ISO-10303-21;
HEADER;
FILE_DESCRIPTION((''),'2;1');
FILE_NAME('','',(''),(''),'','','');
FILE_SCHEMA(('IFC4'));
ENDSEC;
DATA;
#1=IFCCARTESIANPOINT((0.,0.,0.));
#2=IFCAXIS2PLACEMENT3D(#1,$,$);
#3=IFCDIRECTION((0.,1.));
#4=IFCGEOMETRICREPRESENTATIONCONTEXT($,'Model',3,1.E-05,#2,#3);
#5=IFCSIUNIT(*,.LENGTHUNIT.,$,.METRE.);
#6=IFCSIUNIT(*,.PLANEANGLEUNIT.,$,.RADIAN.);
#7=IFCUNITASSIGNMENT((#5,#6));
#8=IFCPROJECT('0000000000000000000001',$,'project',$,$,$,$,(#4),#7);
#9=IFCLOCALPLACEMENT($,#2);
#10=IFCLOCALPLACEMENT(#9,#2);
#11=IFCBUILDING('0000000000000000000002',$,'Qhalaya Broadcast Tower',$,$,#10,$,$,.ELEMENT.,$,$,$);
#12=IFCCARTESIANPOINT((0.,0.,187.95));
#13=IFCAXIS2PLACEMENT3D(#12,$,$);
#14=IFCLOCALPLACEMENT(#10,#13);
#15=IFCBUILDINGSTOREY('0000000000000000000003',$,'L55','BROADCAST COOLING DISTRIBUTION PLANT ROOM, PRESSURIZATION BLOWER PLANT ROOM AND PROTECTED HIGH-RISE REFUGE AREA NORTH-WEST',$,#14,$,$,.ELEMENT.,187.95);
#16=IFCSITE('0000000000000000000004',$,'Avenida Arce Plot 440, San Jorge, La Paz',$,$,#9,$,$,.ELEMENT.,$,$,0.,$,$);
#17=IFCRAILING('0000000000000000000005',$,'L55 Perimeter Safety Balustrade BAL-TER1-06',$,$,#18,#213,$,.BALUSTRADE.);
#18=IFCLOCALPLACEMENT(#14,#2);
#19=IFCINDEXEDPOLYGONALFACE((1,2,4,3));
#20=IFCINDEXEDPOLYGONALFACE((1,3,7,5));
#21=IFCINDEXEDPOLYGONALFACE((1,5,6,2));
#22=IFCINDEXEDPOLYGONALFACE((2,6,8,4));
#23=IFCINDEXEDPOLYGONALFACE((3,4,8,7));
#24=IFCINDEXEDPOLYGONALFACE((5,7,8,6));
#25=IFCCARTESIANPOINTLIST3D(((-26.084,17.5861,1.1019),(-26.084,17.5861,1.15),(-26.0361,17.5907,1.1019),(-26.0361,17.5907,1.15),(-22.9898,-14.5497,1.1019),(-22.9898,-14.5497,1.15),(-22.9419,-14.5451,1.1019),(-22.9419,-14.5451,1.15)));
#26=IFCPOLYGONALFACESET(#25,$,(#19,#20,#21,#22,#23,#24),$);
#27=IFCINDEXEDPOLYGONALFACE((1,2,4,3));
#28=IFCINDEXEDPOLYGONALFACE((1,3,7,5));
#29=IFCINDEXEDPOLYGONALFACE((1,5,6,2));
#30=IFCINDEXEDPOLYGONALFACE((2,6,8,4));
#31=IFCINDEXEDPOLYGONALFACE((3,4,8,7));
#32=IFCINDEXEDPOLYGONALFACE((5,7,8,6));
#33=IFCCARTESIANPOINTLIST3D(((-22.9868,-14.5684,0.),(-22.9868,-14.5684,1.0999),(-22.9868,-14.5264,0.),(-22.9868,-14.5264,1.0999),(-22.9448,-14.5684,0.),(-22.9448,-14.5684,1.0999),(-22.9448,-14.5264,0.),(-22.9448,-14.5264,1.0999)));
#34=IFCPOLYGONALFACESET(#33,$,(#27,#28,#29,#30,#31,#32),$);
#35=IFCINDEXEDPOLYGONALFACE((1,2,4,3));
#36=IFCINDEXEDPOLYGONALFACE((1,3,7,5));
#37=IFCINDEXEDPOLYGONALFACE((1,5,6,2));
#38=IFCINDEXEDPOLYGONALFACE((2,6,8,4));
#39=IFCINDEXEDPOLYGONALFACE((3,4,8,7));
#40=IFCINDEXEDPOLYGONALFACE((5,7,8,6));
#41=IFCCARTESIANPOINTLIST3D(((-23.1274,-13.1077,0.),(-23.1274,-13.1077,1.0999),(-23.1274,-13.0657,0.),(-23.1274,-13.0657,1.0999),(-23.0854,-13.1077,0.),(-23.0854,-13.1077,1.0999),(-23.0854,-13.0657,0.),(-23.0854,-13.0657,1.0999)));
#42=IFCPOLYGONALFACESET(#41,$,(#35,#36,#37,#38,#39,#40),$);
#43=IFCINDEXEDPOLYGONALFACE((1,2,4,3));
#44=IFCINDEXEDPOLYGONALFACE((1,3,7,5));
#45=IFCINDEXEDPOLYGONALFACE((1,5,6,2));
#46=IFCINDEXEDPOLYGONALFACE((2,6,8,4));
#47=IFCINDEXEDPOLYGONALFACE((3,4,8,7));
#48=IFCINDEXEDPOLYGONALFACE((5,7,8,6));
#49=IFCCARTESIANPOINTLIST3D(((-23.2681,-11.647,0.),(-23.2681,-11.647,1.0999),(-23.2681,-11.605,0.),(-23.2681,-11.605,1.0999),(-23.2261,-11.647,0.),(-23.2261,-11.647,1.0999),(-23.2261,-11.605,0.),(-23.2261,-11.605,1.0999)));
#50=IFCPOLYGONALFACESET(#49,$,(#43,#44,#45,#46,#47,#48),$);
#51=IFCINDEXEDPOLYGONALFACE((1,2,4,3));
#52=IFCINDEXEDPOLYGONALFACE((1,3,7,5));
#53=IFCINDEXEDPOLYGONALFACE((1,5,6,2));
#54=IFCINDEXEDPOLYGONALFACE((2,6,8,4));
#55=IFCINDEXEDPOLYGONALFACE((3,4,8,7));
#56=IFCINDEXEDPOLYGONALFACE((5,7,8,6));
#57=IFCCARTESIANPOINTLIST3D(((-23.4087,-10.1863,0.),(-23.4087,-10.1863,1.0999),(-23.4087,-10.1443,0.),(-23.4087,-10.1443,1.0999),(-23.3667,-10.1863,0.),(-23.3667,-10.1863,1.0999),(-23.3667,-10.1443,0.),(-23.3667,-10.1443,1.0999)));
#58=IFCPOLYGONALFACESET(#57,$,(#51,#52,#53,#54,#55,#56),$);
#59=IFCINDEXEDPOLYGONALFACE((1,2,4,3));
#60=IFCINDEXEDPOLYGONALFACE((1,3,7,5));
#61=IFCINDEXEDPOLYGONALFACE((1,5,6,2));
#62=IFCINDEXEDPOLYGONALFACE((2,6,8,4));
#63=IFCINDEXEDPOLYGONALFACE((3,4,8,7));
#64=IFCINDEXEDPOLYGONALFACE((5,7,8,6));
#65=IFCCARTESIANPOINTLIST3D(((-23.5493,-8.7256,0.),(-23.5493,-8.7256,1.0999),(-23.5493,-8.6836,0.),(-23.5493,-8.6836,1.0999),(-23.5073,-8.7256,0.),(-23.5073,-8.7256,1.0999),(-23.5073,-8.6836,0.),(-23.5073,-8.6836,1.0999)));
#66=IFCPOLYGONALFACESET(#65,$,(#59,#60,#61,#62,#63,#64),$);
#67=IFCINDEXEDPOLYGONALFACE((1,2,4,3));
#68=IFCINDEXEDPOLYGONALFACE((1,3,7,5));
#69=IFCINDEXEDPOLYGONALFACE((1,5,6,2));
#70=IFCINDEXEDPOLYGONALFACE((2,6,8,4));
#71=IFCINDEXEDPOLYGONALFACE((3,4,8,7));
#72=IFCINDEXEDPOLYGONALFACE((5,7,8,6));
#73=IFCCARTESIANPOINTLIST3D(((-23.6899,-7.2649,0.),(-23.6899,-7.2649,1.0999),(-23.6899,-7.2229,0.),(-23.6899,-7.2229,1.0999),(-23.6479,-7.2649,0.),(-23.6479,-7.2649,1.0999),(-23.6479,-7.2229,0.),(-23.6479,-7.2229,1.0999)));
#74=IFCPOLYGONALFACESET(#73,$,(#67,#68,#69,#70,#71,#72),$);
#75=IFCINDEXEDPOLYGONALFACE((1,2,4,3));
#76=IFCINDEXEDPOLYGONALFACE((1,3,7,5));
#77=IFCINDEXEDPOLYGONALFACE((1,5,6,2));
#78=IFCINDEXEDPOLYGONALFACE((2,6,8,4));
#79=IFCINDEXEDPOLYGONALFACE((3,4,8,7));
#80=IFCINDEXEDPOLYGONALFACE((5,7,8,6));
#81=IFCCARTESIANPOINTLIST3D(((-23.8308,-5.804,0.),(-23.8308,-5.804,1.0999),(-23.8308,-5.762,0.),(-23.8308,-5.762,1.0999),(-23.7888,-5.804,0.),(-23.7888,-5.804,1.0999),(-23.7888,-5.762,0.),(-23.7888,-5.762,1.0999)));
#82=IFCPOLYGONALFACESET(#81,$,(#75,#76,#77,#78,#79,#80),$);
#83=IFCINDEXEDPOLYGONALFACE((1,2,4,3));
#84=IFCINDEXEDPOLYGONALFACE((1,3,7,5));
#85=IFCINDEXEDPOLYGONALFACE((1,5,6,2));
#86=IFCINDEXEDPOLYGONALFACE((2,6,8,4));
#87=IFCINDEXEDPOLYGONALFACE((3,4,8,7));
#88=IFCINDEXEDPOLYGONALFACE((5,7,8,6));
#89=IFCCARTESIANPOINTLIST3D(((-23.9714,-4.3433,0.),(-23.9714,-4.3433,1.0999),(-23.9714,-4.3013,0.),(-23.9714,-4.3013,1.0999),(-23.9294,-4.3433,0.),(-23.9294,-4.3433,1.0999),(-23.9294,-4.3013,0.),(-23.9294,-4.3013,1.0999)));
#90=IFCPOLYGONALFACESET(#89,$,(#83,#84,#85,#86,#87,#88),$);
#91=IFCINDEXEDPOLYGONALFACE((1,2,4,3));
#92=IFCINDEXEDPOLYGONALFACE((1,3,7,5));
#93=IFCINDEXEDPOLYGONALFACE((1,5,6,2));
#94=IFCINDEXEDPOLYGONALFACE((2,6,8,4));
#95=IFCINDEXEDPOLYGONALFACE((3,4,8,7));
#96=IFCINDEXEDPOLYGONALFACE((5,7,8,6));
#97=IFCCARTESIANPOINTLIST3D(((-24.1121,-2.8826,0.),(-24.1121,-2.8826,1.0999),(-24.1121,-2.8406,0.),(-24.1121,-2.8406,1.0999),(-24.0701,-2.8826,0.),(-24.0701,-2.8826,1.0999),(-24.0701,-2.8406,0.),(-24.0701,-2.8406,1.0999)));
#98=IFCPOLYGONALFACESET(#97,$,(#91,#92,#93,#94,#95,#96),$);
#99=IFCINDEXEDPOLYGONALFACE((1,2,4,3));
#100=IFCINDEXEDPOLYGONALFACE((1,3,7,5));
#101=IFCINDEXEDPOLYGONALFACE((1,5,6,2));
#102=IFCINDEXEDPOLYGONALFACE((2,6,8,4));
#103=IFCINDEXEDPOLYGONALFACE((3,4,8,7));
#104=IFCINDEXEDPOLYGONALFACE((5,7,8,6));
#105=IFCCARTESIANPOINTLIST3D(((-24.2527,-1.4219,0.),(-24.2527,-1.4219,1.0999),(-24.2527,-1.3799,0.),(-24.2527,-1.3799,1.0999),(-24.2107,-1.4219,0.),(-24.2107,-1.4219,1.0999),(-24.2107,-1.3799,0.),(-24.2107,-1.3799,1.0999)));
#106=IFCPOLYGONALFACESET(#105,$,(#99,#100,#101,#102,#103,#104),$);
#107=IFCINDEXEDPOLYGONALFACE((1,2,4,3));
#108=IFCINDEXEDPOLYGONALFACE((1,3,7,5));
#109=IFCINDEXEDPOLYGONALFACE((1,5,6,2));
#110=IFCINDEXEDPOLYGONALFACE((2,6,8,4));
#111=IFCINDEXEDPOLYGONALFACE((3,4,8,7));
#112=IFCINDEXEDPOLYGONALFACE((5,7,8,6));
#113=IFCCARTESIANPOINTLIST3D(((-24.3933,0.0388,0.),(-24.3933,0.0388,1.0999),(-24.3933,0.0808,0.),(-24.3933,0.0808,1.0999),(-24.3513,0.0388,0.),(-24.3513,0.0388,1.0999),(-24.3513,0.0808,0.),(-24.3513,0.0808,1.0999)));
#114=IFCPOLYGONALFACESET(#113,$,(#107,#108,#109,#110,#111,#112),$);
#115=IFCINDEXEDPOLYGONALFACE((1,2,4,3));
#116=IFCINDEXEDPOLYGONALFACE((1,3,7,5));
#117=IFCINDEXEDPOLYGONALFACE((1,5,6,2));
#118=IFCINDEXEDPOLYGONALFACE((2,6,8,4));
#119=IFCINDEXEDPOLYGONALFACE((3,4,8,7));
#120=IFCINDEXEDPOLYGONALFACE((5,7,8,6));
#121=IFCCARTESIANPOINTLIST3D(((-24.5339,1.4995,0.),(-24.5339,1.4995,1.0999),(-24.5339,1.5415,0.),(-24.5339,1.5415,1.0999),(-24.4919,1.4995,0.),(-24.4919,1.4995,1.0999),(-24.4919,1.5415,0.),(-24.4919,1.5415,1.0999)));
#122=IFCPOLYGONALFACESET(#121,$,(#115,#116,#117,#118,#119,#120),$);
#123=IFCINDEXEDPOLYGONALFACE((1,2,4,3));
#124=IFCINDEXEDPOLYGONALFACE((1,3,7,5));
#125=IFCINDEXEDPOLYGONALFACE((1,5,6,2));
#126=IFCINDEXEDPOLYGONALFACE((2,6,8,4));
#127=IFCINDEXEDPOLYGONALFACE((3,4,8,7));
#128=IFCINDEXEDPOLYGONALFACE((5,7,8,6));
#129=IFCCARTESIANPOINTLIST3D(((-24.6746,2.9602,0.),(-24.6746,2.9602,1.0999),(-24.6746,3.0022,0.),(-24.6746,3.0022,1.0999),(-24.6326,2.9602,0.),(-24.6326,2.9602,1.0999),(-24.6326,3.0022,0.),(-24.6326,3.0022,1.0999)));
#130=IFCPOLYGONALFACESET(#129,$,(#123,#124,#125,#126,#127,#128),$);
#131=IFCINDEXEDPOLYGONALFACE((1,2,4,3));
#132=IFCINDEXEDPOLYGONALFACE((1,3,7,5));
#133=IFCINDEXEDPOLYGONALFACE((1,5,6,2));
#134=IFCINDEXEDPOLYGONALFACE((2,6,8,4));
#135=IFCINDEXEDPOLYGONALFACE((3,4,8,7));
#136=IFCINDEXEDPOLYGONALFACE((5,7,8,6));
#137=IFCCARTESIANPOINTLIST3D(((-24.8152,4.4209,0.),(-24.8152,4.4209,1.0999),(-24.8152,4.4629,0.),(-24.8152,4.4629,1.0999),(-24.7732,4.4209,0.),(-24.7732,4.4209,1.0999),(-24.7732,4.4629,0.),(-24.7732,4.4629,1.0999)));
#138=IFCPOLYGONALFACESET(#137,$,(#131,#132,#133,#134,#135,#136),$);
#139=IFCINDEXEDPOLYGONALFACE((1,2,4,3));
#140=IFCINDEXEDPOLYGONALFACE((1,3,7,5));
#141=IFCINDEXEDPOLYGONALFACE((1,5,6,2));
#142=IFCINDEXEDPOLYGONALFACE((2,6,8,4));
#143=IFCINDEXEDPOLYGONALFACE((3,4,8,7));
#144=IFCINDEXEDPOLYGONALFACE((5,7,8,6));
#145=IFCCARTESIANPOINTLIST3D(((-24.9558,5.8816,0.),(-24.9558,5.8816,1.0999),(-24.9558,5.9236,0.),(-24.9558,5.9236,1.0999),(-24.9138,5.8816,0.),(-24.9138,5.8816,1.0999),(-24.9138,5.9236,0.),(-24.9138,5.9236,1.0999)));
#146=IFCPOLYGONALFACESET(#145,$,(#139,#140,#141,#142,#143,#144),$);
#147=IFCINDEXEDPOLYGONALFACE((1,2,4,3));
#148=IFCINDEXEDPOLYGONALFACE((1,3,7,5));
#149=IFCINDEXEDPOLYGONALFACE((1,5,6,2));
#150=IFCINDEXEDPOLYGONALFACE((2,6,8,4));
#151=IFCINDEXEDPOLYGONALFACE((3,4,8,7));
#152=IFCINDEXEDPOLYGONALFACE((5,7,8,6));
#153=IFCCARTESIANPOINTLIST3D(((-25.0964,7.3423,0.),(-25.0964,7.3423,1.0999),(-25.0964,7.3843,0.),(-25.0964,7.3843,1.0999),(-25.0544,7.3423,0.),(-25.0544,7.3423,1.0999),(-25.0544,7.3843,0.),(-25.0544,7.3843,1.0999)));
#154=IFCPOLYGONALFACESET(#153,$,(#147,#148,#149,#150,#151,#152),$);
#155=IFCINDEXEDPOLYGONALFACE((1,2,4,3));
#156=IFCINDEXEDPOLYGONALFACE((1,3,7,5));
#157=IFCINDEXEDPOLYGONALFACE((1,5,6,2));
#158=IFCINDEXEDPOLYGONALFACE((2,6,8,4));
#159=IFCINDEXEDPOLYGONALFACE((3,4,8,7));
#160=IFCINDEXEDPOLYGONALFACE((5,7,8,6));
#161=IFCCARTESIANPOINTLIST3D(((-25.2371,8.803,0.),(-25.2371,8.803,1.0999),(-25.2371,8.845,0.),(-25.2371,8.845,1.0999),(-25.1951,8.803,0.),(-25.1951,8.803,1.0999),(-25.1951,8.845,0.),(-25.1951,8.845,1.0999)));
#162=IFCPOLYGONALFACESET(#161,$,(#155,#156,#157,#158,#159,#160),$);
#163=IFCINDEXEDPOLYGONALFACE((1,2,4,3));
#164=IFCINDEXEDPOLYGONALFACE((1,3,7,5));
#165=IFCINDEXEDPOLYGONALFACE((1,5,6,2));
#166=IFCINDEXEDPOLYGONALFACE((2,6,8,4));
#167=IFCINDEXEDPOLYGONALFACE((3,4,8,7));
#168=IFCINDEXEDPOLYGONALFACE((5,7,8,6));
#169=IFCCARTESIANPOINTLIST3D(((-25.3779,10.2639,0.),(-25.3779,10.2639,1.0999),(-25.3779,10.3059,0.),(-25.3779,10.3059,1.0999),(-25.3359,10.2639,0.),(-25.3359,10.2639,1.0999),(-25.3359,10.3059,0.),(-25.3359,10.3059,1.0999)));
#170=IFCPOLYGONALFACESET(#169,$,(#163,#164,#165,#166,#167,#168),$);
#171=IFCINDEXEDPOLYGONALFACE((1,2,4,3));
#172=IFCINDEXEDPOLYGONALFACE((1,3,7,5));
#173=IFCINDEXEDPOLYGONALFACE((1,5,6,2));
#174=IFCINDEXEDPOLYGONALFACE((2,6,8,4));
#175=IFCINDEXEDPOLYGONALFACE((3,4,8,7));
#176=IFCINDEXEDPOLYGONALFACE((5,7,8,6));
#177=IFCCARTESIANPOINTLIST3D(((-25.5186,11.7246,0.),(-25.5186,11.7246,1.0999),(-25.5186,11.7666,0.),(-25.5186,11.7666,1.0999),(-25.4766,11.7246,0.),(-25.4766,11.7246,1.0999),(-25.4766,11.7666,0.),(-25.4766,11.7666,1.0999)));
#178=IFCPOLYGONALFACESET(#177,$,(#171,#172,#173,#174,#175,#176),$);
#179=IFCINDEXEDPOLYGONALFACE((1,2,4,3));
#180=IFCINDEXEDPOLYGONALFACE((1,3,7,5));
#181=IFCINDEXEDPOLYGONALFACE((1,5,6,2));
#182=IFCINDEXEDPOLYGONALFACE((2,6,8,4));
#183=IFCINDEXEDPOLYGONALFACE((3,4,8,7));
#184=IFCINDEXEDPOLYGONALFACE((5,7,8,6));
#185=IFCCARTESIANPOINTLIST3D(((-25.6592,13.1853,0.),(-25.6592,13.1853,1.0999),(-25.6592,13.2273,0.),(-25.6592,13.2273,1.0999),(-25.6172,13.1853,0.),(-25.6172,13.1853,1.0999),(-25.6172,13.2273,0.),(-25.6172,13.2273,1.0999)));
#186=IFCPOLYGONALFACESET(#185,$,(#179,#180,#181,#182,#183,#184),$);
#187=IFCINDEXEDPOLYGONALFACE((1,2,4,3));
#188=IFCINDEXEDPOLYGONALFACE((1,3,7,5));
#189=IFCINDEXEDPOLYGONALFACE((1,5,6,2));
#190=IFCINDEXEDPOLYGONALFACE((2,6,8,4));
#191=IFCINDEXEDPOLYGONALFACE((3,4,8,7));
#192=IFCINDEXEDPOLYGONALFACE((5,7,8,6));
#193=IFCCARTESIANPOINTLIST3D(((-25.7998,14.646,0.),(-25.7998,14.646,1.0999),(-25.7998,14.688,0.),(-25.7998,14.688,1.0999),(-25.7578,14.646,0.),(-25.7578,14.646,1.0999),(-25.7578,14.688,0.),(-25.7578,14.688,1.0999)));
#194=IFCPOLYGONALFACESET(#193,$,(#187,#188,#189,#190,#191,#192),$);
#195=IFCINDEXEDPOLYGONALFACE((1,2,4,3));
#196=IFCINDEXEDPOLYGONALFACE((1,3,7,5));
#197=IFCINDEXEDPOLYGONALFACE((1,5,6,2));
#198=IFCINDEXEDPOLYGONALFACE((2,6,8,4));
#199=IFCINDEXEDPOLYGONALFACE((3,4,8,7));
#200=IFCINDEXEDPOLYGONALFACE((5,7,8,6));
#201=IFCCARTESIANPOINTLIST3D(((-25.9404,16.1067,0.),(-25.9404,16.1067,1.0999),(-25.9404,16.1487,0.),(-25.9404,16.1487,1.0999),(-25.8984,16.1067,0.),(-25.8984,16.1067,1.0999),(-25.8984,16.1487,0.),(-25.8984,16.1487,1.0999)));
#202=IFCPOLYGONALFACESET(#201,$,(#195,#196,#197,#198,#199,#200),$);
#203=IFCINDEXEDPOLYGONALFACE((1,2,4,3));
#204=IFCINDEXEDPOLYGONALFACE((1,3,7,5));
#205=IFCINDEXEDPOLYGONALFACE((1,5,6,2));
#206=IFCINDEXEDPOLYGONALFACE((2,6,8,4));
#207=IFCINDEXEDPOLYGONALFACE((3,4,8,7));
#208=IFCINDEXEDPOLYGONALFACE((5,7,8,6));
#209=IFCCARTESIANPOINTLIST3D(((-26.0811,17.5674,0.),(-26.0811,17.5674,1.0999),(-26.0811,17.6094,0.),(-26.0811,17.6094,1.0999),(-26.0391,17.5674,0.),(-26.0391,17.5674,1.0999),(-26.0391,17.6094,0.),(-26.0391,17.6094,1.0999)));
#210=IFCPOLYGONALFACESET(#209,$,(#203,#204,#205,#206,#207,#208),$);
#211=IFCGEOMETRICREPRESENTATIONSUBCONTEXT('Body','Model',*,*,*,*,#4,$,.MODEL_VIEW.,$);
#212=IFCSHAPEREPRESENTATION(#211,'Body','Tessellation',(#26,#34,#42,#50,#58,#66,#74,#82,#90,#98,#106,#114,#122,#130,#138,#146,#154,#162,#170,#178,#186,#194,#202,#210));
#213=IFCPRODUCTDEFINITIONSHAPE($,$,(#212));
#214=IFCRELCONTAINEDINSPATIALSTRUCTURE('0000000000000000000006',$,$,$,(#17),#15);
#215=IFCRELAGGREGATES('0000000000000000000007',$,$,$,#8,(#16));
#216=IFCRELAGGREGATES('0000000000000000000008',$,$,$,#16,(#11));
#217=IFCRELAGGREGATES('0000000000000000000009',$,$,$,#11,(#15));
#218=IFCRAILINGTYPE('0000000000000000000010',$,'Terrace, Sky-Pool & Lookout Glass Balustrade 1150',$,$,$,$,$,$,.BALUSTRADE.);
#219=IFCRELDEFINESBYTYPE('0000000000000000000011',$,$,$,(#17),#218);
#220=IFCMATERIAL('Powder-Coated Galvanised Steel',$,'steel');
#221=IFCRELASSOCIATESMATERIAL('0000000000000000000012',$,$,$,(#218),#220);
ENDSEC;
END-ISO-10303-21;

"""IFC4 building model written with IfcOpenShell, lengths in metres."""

from ifc_helpers import new_model, si_unit, direction, frame, origin, origin_2d, place, context, subcontext, project, spatial, rectangle, extrude, material, type_object, element, save


model = new_model("IFC4")

# Units and contexts
model_context = context("Model", 3, precision=1e-05, world=origin(), true_north=direction((0.0, 1.0)))
body_context = subcontext(model_context, "Body", "Model", "MODEL_VIEW")
ifc_project = project(units=[si_unit("LENGTHUNIT", "METRE"), si_unit("PLANEANGLEUNIT", "RADIAN")], contexts=[model_context])

# Site, building, storey
site_placement = place(None, origin())
site = spatial("IfcSite", under=ifc_project, at=site_placement, Name="Avenida Arce Plot 440, San Jorge, La Paz", CompositionType="ELEMENT", RefElevation=0.0)
building_placement = place(site_placement, origin())
building = spatial("IfcBuilding", under=site, at=building_placement, Name="Qhalaya Broadcast Tower", CompositionType="ELEMENT")
storey_placement = place(building_placement, frame((0.0, 0.0, 187.95)))
storey = spatial("IfcBuildingStorey", under=building, at=storey_placement, Name="L55", Description="BROADCAST COOLING DISTRIBUTION PLANT ROOM, PRESSURIZATION BLOWER PLANT ROOM AND PROTECTED HIGH-RISE REFUGE AREA NORTH-WEST", CompositionType="ELEMENT", Elevation=187.95)

# Railing
ifc_material_1 = material(Name="Powder-Coated Galvanised Steel", Category="steel")
railing_type = type_object("IfcRailingType", Name="Terrace, Sky-Pool & Lookout Glass Balustrade 1150", PredefinedType="BALUSTRADE", material=ifc_material_1)
railing_1_placement = place(storey_placement, frame((-22.9658, -14.5474, 0.0)))
element("IfcRailing", 1, at=railing_1_placement, inside=storey, type_object=railing_type, Name="L55 Perimeter Safety Balustrade BAL-TER1-06", PredefinedType="BALUSTRADE", context=body_context, shape_type="SweptSolid", body=[
    extrude(rectangle(XDim=0.0481, YDim=0.0481, at=origin_2d()), frame((0.0, 0.0, 1.126), z_axis=(-0.095843, 0.995396, 0.0), x_axis=(-0.995396, -0.095843, 0.0)), (0.0, 0.0, 1.0), 32.2844),
    extrude(rectangle(XDim=0.042, YDim=0.042, at=origin_2d()), origin(), (0.0, 0.0, 1.0), 1.0999),
    extrude(rectangle(XDim=0.042, YDim=0.042, at=origin_2d()), frame((-0.1406, 1.4607, 0.0)), (0.0, 0.0, 1.0), 1.0999),
    extrude(rectangle(XDim=0.042, YDim=0.042, at=origin_2d()), frame((-0.2812, 2.9214, 0.0)), (0.0, 0.0, 1.0), 1.0999),
    extrude(rectangle(XDim=0.042, YDim=0.042, at=origin_2d()), frame((-0.4219, 4.3821, 0.0)), (0.0, 0.0, 1.0), 1.0999),
    extrude(rectangle(XDim=0.042, YDim=0.042, at=origin_2d()), frame((-0.5625, 5.8428, 0.0)), (0.0, 0.0, 1.0), 1.0999),
    extrude(rectangle(XDim=0.042, YDim=0.042, at=origin_2d()), frame((-0.7031, 7.3035, 0.0)), (0.0, 0.0, 1.0), 1.0999),
    extrude(rectangle(XDim=0.042, YDim=0.042, at=origin_2d()), frame((-0.844, 8.7644, 0.0)), (0.0, 0.0, 1.0), 1.0999),
    extrude(rectangle(XDim=0.042, YDim=0.042, at=origin_2d()), frame((-0.9846, 10.2251, 0.0)), (0.0, 0.0, 1.0), 1.0999),
    extrude(rectangle(XDim=0.042, YDim=0.042, at=origin_2d()), frame((-1.1252, 11.6858, 0.0)), (0.0, 0.0, 1.0), 1.0999),
    extrude(rectangle(XDim=0.042, YDim=0.042, at=origin_2d()), frame((-1.2659, 13.1465, 0.0)), (0.0, 0.0, 1.0), 1.0999),
    extrude(rectangle(XDim=0.042, YDim=0.042, at=origin_2d()), frame((-1.4065, 14.6072, 0.0)), (0.0, 0.0, 1.0), 1.0999),
    extrude(rectangle(XDim=0.042, YDim=0.042, at=origin_2d()), frame((-1.5471, 16.0679, 0.0)), (0.0, 0.0, 1.0), 1.0999),
    extrude(rectangle(XDim=0.042, YDim=0.042, at=origin_2d()), frame((-1.6877, 17.5286, 0.0)), (0.0, 0.0, 1.0), 1.0999),
    extrude(rectangle(XDim=0.042, YDim=0.042, at=origin_2d()), frame((-1.8284, 18.9893, 0.0)), (0.0, 0.0, 1.0), 1.0999),
    extrude(rectangle(XDim=0.042, YDim=0.042, at=origin_2d()), frame((-1.969, 20.45, 0.0)), (0.0, 0.0, 1.0), 1.0999),
    extrude(rectangle(XDim=0.042, YDim=0.042, at=origin_2d()), frame((-2.1096, 21.9106, 0.0)), (0.0, 0.0, 1.0), 1.0999),
    extrude(rectangle(XDim=0.042, YDim=0.042, at=origin_2d()), frame((-2.2502, 23.3713, 0.0)), (0.0, 0.0, 1.0), 1.0999),
    extrude(rectangle(XDim=0.042, YDim=0.042, at=origin_2d()), frame((-2.3911, 24.8323, 0.0)), (0.0, 0.0, 1.0), 1.0999),
    extrude(rectangle(XDim=0.042, YDim=0.042, at=origin_2d()), frame((-2.5317, 26.293, 0.0)), (0.0, 0.0, 1.0), 1.0999),
    extrude(rectangle(XDim=0.042, YDim=0.042, at=origin_2d()), frame((-2.6724, 27.7537, 0.0)), (0.0, 0.0, 1.0), 1.0999),
    extrude(rectangle(XDim=0.042, YDim=0.042, at=origin_2d()), frame((-2.813, 29.2144, 0.0)), (0.0, 0.0, 1.0), 1.0999),
    extrude(rectangle(XDim=0.042, YDim=0.042, at=origin_2d()), frame((-2.9536, 30.675, 0.0)), (0.0, 0.0, 1.0), 1.0999),
    extrude(rectangle(XDim=0.042, YDim=0.042, at=origin_2d()), frame((-3.0942, 32.1357, 0.0)), (0.0, 0.0, 1.0), 1.0999),
])

save(model, "model.ifc")
